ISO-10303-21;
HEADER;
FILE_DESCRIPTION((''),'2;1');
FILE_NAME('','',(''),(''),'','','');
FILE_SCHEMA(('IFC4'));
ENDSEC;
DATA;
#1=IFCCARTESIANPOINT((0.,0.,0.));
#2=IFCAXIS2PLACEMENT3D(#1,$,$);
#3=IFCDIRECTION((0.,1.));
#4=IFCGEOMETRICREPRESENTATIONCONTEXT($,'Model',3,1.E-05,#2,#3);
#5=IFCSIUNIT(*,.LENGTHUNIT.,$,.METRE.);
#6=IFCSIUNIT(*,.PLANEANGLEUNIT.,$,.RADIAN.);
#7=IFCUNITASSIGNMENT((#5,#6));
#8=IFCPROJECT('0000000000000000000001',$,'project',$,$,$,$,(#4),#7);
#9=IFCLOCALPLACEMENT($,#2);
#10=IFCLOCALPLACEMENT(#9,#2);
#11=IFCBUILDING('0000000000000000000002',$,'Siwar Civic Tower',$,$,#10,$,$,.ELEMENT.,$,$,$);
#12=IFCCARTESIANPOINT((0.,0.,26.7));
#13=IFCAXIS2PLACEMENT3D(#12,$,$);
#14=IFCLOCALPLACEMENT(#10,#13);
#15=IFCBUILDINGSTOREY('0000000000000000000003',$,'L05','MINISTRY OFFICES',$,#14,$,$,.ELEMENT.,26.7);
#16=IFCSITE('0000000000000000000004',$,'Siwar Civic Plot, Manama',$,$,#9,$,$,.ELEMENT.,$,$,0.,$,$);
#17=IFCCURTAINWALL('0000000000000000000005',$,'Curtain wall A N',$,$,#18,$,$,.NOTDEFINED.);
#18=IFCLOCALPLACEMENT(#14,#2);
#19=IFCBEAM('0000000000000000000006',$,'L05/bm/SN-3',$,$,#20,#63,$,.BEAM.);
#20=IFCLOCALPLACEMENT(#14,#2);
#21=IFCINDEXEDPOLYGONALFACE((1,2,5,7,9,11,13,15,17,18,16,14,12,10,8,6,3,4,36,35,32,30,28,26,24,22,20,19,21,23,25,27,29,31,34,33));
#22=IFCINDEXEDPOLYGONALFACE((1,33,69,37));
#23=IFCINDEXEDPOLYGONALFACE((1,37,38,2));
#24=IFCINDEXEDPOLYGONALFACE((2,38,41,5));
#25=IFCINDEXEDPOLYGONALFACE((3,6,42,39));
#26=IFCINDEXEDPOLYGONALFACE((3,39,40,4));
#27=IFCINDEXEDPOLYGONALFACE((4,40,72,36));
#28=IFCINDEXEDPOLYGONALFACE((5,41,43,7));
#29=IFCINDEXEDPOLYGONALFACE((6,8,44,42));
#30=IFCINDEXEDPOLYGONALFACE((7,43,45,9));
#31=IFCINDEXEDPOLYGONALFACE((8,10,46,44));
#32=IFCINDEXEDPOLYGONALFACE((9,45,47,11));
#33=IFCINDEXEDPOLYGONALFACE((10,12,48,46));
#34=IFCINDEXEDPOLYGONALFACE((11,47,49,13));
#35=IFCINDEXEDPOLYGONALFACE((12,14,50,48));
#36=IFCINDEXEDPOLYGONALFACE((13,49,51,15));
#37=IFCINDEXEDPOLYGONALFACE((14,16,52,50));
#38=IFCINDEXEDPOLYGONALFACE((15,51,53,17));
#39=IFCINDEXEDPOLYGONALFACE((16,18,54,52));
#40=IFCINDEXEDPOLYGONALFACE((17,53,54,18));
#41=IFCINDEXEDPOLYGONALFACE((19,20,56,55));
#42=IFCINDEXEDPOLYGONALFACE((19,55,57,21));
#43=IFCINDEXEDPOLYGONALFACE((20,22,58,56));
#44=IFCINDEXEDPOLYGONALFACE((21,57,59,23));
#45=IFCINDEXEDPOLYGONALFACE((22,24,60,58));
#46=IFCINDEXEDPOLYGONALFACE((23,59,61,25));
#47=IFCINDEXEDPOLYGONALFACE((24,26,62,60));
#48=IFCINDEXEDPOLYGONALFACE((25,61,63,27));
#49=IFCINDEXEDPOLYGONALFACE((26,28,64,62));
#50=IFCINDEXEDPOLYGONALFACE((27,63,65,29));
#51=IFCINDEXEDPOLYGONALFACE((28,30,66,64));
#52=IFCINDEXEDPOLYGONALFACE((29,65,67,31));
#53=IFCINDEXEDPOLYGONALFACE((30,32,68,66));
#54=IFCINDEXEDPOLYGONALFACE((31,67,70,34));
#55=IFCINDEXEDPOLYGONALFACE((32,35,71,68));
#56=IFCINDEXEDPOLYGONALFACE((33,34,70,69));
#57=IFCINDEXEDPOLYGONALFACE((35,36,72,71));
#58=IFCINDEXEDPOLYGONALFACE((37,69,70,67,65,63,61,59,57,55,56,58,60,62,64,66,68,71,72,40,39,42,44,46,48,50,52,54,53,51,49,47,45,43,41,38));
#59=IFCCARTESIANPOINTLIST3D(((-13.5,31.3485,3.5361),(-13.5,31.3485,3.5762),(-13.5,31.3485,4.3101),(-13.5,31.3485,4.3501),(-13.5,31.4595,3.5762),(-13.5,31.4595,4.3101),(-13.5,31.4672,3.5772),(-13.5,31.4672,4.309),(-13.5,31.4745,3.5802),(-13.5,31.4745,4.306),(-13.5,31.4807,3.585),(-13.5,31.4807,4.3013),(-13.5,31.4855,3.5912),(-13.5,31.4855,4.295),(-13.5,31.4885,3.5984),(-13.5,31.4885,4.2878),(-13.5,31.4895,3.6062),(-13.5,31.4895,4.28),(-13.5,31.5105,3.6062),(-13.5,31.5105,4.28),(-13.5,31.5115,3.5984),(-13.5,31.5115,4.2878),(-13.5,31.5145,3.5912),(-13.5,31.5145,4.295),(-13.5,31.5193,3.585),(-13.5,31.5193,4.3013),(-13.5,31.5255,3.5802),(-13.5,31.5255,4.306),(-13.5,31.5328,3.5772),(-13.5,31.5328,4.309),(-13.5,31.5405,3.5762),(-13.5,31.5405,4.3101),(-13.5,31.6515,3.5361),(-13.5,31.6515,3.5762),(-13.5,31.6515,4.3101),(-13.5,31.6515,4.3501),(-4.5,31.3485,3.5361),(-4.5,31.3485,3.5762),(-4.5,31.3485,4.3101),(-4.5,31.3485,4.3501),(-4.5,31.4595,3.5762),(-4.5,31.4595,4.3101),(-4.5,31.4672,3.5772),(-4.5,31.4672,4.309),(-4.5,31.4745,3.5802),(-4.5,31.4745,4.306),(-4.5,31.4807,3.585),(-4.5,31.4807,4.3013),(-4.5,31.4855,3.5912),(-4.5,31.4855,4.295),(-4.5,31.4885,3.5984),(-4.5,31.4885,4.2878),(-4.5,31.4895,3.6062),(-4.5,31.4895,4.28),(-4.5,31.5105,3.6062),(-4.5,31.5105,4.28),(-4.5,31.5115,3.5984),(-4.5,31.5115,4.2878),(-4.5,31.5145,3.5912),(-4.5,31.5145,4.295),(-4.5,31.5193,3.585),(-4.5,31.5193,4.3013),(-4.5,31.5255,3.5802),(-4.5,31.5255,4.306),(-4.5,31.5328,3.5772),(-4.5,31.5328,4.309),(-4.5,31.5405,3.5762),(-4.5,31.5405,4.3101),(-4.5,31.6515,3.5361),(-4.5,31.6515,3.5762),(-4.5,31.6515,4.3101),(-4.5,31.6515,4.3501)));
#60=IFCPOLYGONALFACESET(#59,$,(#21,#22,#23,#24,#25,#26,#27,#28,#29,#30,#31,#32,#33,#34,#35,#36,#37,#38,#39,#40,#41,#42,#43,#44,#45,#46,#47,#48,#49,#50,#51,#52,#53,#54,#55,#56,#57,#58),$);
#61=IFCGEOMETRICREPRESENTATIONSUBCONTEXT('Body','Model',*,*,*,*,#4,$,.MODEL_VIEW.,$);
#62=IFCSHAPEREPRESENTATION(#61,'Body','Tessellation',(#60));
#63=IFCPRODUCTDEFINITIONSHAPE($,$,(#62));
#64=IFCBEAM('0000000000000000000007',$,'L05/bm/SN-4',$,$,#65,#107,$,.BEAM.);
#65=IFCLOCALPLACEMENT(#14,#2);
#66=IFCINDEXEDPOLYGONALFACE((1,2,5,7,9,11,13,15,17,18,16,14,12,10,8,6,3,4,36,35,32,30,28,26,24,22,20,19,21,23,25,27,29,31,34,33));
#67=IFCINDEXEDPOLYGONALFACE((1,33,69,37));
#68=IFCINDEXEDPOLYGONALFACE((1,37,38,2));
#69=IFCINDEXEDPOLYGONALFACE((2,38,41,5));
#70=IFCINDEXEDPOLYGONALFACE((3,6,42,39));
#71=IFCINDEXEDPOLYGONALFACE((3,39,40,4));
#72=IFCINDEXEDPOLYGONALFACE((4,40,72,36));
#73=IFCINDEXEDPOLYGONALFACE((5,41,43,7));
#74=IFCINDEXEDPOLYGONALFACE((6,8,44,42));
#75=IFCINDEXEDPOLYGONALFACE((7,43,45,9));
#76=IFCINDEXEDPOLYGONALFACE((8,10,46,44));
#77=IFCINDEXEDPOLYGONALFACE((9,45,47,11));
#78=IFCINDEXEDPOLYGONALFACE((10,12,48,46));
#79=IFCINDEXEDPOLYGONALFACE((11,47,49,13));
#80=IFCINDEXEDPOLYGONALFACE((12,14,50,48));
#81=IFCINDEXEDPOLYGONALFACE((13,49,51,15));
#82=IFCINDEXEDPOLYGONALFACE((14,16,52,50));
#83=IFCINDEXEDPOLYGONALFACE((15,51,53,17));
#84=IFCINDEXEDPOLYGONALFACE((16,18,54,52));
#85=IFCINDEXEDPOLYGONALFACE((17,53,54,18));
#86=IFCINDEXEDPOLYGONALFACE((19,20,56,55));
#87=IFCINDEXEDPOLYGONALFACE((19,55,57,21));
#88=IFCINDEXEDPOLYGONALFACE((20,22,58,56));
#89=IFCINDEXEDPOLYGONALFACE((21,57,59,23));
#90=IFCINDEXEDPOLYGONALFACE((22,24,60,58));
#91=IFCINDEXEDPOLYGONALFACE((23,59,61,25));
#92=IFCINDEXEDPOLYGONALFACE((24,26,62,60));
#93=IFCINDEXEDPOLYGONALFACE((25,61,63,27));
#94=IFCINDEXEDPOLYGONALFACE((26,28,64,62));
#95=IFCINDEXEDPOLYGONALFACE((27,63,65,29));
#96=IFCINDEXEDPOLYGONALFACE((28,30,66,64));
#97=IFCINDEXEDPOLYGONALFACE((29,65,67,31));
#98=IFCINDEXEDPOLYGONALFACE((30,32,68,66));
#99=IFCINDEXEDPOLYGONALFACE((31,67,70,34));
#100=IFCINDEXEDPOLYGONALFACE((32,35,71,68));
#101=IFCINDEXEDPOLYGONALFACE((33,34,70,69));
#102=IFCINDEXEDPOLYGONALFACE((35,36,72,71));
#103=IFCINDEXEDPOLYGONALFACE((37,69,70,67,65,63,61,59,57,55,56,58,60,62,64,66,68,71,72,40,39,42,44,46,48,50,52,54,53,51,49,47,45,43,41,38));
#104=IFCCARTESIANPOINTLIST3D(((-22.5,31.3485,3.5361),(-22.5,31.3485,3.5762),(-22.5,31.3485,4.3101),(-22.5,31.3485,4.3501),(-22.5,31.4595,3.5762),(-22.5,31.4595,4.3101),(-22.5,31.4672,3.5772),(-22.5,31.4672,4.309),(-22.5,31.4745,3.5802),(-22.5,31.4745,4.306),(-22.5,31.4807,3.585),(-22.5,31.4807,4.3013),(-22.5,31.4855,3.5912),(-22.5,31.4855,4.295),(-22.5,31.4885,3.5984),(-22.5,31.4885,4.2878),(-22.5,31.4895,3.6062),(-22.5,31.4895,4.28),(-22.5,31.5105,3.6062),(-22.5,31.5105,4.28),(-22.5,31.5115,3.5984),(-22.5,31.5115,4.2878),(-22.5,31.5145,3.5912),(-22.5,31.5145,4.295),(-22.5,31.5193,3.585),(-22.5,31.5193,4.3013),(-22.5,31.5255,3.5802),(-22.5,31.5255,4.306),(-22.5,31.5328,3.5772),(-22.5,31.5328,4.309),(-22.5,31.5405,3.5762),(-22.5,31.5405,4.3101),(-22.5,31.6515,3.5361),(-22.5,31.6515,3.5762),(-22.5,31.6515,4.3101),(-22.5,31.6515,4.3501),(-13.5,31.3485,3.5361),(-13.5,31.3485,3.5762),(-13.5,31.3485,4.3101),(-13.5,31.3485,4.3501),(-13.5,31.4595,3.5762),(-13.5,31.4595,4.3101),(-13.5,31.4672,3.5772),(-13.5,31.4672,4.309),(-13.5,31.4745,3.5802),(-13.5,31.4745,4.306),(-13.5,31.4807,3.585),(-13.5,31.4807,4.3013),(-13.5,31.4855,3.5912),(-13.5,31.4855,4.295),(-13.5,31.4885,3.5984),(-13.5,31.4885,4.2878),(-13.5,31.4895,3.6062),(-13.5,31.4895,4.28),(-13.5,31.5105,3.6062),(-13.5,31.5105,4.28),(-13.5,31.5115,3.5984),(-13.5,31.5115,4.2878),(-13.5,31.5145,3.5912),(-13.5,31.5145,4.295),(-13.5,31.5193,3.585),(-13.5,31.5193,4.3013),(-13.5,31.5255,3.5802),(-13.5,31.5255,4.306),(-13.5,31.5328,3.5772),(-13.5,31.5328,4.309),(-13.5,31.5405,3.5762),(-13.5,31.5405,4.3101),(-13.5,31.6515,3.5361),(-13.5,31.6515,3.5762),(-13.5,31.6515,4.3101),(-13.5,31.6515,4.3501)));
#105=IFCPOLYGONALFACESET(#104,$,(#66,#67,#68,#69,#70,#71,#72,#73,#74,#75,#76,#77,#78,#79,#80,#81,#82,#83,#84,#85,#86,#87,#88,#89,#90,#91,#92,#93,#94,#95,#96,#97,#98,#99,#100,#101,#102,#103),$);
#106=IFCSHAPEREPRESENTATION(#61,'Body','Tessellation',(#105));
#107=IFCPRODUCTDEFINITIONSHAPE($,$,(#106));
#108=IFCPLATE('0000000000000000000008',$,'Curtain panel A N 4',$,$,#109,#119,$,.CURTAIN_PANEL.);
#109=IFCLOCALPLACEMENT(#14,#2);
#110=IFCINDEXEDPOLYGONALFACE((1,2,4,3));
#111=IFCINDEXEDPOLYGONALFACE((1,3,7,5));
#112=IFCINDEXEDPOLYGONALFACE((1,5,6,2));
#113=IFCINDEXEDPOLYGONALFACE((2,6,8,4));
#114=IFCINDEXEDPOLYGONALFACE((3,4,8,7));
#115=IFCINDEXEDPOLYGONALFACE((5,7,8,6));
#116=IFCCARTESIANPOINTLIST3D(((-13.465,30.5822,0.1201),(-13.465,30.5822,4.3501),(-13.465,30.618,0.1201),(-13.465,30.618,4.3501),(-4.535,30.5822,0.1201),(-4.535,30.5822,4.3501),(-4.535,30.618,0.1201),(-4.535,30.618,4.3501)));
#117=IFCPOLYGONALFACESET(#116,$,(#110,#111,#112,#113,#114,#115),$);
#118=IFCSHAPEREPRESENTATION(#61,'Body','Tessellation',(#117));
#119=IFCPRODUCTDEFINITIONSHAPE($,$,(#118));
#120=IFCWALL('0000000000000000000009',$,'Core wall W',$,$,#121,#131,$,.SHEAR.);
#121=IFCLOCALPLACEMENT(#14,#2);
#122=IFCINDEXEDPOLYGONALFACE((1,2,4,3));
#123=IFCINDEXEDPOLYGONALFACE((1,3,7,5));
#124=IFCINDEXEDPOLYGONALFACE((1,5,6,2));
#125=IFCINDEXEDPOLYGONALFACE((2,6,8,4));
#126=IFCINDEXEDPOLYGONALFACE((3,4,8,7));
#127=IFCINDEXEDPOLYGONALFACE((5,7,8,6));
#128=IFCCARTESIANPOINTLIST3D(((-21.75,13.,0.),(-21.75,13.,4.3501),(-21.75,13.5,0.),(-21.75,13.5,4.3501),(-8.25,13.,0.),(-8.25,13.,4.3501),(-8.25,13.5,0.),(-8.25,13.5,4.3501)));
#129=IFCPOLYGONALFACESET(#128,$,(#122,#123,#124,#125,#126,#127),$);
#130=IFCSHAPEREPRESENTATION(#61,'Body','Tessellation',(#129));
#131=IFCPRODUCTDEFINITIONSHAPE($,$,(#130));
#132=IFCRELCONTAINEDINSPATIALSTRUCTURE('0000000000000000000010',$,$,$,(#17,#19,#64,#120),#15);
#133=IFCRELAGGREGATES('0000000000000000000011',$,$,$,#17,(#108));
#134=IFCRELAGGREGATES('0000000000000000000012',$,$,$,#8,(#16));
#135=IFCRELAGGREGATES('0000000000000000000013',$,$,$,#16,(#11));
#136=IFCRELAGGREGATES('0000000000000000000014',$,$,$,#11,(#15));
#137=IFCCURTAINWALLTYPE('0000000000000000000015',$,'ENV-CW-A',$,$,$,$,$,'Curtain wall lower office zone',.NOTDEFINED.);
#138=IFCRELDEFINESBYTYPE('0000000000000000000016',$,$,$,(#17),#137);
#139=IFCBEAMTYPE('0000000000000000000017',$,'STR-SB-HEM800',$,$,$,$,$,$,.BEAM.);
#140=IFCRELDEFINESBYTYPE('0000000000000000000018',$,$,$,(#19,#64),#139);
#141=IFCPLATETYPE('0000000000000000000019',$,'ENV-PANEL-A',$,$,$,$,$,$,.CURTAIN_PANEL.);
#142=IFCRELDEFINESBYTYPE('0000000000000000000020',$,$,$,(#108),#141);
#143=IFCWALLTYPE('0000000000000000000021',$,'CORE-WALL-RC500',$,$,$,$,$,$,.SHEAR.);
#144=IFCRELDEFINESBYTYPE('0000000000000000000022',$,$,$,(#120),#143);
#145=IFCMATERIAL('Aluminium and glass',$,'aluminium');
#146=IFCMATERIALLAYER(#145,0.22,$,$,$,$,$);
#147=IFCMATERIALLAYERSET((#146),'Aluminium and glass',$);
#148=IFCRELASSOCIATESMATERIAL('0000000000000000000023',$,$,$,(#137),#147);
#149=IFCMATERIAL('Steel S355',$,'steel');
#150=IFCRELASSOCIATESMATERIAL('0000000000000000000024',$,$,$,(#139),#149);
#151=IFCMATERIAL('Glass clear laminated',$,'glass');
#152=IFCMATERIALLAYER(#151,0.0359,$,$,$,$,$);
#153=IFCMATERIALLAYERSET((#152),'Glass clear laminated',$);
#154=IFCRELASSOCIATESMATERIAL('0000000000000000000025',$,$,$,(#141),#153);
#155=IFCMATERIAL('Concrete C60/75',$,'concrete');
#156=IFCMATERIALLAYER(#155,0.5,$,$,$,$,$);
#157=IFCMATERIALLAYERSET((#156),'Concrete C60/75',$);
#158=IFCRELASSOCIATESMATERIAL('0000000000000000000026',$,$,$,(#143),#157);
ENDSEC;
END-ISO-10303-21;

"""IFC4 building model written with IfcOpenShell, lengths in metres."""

from ifc_helpers import new_model, si_unit, direction, frame, frame_2d, origin, origin_2d, place, context, subcontext, project, spatial, rectangle, i_section, extrude, material, layer, layer_set, material_profile, profile_set, type_object, element, aggregate, save


model = new_model("IFC4")

# Units and contexts
model_context = context("Model", 3, precision=1e-05, world=origin(), true_north=direction((0.0, 1.0)))
body_context = subcontext(model_context, "Body", "Model", "MODEL_VIEW")
ifc_project = project(units=[si_unit("LENGTHUNIT", "METRE"), si_unit("PLANEANGLEUNIT", "RADIAN")], contexts=[model_context])

# Site, building, storey
site_placement = place(None, origin())
site = spatial("IfcSite", under=ifc_project, at=site_placement, Name="Siwar Civic Plot, Manama", CompositionType="ELEMENT", RefElevation=0.0)
building_placement = place(site_placement, origin())
building = spatial("IfcBuilding", under=site, at=building_placement, Name="Siwar Civic Tower", CompositionType="ELEMENT")
storey_placement = place(building_placement, frame((0.0, 0.0, 26.7)))
storey = spatial("IfcBuildingStorey", under=building, at=storey_placement, Name="L05", Description="MINISTRY OFFICES", CompositionType="ELEMENT", Elevation=26.7)

# Curtain wall
ifc_material_1 = material(Name="Aluminium and glass", Category="aluminium")
ifc_layer_1 = layer(ifc_material_1, 0.22)
ifc_layer_set_1 = layer_set([ifc_layer_1], Name="Aluminium and glass")
curtain_wall_type = type_object("IfcCurtainWallType", Name="ENV-CW-A", ElementType="Curtain wall lower office zone", PredefinedType="NOTDEFINED", material=ifc_layer_set_1)
curtain_wall_placement = place(storey_placement, origin())
curtain_wall = element("IfcCurtainWall", 1, at=curtain_wall_placement, inside=storey, type_object=curtain_wall_type, Name="Curtain wall A N", PredefinedType="NOTDEFINED")

# Beams
ifc_material_2 = material(Name="Steel S355", Category="steel")
ifc_material_profile_1 = material_profile(ifc_material_2, i_section(OverallWidth=0.303, OverallDepth=0.814, WebThickness=0.021, FlangeThickness=0.04, FilletRadius=0.03, at=origin_2d()), Name="HEM800")
ifc_profile_set_1 = profile_set([ifc_material_profile_1], Name="Steel S355")
beam_type_1 = type_object("IfcBeamType", Name="STR-SB-HEM800", PredefinedType="BEAM", material=ifc_profile_set_1)
for number, where, z_axis, x_axis, name in (
    (2, (-4.5, 31.5, 3.9431), (-1.0, 0.0, 0.0), (0.0, -1.0, 0.0), "L05/bm/SN-3"),
    (3, (-13.5, 31.5, 3.9431), (-1.0, 0.0, 0.0), (0.0, -1.0, 0.0), "L05/bm/SN-4"),
):
    element("IfcBeam", number, at=place(storey_placement, frame(where, z_axis=z_axis, x_axis=x_axis)), inside=storey, type_object=beam_type_1, Name=name, PredefinedType="BEAM", context=body_context, shape_type="SweptSolid", body=[
        extrude(i_section(OverallWidth=0.303, OverallDepth=0.814, WebThickness=0.021, FlangeThickness=0.04, FilletRadius=0.03, at=origin_2d()), origin(), (0.0, 0.0, 1.0), 9.0),
    ])

# Plate
ifc_material_3 = material(Name="Glass clear laminated", Category="glass")
ifc_layer_2 = layer(ifc_material_3, 0.0359)
ifc_layer_set_2 = layer_set([ifc_layer_2], Name="Glass clear laminated")
plate_type = type_object("IfcPlateType", Name="ENV-PANEL-A", PredefinedType="CURTAIN_PANEL", material=ifc_layer_set_2)
plate_placement = place(storey_placement, frame((-9.0, 30.6001, 0.1201), z_axis=(0.0, 0.0, 1.0), x_axis=(-1.0, 0.0, 0.0)))
plate = element("IfcPlate", 4, at=plate_placement, type_object=plate_type, Name="Curtain panel A N 4", PredefinedType="CURTAIN_PANEL", context=body_context, shape_type="SweptSolid", body=[
    extrude(rectangle(XDim=8.9299, YDim=0.0359, at=origin_2d()), origin(), (0.0, 0.0, 1.0), 4.23),
])
aggregate(curtain_wall, [plate])

# Wall
ifc_material_4 = material(Name="Concrete C60/75", Category="concrete")
ifc_layer_3 = layer(ifc_material_4, 0.5)
ifc_layer_set_3 = layer_set([ifc_layer_3], Name="Concrete C60/75")
wall_type_1 = type_object("IfcWallType", Name="CORE-WALL-RC500", PredefinedType="SHEAR", material=ifc_layer_set_3)
wall_1_placement = place(storey_placement, frame((-8.25, 13.25, 0.0), z_axis=(0.0, 0.0, 1.0), x_axis=(-1.0, 0.0, 0.0)))
element("IfcWall", 5, at=wall_1_placement, inside=storey, type_object=wall_type_1, Name="Core wall W", PredefinedType="SHEAR", context=body_context, shape_type="SweptSolid", body=[
    extrude(rectangle(XDim=13.5, YDim=0.5, at=frame_2d((6.75, 0.0))), origin(), (0.0, 0.0, 1.0), 4.3501),
])

save(model, "model.ifc")
